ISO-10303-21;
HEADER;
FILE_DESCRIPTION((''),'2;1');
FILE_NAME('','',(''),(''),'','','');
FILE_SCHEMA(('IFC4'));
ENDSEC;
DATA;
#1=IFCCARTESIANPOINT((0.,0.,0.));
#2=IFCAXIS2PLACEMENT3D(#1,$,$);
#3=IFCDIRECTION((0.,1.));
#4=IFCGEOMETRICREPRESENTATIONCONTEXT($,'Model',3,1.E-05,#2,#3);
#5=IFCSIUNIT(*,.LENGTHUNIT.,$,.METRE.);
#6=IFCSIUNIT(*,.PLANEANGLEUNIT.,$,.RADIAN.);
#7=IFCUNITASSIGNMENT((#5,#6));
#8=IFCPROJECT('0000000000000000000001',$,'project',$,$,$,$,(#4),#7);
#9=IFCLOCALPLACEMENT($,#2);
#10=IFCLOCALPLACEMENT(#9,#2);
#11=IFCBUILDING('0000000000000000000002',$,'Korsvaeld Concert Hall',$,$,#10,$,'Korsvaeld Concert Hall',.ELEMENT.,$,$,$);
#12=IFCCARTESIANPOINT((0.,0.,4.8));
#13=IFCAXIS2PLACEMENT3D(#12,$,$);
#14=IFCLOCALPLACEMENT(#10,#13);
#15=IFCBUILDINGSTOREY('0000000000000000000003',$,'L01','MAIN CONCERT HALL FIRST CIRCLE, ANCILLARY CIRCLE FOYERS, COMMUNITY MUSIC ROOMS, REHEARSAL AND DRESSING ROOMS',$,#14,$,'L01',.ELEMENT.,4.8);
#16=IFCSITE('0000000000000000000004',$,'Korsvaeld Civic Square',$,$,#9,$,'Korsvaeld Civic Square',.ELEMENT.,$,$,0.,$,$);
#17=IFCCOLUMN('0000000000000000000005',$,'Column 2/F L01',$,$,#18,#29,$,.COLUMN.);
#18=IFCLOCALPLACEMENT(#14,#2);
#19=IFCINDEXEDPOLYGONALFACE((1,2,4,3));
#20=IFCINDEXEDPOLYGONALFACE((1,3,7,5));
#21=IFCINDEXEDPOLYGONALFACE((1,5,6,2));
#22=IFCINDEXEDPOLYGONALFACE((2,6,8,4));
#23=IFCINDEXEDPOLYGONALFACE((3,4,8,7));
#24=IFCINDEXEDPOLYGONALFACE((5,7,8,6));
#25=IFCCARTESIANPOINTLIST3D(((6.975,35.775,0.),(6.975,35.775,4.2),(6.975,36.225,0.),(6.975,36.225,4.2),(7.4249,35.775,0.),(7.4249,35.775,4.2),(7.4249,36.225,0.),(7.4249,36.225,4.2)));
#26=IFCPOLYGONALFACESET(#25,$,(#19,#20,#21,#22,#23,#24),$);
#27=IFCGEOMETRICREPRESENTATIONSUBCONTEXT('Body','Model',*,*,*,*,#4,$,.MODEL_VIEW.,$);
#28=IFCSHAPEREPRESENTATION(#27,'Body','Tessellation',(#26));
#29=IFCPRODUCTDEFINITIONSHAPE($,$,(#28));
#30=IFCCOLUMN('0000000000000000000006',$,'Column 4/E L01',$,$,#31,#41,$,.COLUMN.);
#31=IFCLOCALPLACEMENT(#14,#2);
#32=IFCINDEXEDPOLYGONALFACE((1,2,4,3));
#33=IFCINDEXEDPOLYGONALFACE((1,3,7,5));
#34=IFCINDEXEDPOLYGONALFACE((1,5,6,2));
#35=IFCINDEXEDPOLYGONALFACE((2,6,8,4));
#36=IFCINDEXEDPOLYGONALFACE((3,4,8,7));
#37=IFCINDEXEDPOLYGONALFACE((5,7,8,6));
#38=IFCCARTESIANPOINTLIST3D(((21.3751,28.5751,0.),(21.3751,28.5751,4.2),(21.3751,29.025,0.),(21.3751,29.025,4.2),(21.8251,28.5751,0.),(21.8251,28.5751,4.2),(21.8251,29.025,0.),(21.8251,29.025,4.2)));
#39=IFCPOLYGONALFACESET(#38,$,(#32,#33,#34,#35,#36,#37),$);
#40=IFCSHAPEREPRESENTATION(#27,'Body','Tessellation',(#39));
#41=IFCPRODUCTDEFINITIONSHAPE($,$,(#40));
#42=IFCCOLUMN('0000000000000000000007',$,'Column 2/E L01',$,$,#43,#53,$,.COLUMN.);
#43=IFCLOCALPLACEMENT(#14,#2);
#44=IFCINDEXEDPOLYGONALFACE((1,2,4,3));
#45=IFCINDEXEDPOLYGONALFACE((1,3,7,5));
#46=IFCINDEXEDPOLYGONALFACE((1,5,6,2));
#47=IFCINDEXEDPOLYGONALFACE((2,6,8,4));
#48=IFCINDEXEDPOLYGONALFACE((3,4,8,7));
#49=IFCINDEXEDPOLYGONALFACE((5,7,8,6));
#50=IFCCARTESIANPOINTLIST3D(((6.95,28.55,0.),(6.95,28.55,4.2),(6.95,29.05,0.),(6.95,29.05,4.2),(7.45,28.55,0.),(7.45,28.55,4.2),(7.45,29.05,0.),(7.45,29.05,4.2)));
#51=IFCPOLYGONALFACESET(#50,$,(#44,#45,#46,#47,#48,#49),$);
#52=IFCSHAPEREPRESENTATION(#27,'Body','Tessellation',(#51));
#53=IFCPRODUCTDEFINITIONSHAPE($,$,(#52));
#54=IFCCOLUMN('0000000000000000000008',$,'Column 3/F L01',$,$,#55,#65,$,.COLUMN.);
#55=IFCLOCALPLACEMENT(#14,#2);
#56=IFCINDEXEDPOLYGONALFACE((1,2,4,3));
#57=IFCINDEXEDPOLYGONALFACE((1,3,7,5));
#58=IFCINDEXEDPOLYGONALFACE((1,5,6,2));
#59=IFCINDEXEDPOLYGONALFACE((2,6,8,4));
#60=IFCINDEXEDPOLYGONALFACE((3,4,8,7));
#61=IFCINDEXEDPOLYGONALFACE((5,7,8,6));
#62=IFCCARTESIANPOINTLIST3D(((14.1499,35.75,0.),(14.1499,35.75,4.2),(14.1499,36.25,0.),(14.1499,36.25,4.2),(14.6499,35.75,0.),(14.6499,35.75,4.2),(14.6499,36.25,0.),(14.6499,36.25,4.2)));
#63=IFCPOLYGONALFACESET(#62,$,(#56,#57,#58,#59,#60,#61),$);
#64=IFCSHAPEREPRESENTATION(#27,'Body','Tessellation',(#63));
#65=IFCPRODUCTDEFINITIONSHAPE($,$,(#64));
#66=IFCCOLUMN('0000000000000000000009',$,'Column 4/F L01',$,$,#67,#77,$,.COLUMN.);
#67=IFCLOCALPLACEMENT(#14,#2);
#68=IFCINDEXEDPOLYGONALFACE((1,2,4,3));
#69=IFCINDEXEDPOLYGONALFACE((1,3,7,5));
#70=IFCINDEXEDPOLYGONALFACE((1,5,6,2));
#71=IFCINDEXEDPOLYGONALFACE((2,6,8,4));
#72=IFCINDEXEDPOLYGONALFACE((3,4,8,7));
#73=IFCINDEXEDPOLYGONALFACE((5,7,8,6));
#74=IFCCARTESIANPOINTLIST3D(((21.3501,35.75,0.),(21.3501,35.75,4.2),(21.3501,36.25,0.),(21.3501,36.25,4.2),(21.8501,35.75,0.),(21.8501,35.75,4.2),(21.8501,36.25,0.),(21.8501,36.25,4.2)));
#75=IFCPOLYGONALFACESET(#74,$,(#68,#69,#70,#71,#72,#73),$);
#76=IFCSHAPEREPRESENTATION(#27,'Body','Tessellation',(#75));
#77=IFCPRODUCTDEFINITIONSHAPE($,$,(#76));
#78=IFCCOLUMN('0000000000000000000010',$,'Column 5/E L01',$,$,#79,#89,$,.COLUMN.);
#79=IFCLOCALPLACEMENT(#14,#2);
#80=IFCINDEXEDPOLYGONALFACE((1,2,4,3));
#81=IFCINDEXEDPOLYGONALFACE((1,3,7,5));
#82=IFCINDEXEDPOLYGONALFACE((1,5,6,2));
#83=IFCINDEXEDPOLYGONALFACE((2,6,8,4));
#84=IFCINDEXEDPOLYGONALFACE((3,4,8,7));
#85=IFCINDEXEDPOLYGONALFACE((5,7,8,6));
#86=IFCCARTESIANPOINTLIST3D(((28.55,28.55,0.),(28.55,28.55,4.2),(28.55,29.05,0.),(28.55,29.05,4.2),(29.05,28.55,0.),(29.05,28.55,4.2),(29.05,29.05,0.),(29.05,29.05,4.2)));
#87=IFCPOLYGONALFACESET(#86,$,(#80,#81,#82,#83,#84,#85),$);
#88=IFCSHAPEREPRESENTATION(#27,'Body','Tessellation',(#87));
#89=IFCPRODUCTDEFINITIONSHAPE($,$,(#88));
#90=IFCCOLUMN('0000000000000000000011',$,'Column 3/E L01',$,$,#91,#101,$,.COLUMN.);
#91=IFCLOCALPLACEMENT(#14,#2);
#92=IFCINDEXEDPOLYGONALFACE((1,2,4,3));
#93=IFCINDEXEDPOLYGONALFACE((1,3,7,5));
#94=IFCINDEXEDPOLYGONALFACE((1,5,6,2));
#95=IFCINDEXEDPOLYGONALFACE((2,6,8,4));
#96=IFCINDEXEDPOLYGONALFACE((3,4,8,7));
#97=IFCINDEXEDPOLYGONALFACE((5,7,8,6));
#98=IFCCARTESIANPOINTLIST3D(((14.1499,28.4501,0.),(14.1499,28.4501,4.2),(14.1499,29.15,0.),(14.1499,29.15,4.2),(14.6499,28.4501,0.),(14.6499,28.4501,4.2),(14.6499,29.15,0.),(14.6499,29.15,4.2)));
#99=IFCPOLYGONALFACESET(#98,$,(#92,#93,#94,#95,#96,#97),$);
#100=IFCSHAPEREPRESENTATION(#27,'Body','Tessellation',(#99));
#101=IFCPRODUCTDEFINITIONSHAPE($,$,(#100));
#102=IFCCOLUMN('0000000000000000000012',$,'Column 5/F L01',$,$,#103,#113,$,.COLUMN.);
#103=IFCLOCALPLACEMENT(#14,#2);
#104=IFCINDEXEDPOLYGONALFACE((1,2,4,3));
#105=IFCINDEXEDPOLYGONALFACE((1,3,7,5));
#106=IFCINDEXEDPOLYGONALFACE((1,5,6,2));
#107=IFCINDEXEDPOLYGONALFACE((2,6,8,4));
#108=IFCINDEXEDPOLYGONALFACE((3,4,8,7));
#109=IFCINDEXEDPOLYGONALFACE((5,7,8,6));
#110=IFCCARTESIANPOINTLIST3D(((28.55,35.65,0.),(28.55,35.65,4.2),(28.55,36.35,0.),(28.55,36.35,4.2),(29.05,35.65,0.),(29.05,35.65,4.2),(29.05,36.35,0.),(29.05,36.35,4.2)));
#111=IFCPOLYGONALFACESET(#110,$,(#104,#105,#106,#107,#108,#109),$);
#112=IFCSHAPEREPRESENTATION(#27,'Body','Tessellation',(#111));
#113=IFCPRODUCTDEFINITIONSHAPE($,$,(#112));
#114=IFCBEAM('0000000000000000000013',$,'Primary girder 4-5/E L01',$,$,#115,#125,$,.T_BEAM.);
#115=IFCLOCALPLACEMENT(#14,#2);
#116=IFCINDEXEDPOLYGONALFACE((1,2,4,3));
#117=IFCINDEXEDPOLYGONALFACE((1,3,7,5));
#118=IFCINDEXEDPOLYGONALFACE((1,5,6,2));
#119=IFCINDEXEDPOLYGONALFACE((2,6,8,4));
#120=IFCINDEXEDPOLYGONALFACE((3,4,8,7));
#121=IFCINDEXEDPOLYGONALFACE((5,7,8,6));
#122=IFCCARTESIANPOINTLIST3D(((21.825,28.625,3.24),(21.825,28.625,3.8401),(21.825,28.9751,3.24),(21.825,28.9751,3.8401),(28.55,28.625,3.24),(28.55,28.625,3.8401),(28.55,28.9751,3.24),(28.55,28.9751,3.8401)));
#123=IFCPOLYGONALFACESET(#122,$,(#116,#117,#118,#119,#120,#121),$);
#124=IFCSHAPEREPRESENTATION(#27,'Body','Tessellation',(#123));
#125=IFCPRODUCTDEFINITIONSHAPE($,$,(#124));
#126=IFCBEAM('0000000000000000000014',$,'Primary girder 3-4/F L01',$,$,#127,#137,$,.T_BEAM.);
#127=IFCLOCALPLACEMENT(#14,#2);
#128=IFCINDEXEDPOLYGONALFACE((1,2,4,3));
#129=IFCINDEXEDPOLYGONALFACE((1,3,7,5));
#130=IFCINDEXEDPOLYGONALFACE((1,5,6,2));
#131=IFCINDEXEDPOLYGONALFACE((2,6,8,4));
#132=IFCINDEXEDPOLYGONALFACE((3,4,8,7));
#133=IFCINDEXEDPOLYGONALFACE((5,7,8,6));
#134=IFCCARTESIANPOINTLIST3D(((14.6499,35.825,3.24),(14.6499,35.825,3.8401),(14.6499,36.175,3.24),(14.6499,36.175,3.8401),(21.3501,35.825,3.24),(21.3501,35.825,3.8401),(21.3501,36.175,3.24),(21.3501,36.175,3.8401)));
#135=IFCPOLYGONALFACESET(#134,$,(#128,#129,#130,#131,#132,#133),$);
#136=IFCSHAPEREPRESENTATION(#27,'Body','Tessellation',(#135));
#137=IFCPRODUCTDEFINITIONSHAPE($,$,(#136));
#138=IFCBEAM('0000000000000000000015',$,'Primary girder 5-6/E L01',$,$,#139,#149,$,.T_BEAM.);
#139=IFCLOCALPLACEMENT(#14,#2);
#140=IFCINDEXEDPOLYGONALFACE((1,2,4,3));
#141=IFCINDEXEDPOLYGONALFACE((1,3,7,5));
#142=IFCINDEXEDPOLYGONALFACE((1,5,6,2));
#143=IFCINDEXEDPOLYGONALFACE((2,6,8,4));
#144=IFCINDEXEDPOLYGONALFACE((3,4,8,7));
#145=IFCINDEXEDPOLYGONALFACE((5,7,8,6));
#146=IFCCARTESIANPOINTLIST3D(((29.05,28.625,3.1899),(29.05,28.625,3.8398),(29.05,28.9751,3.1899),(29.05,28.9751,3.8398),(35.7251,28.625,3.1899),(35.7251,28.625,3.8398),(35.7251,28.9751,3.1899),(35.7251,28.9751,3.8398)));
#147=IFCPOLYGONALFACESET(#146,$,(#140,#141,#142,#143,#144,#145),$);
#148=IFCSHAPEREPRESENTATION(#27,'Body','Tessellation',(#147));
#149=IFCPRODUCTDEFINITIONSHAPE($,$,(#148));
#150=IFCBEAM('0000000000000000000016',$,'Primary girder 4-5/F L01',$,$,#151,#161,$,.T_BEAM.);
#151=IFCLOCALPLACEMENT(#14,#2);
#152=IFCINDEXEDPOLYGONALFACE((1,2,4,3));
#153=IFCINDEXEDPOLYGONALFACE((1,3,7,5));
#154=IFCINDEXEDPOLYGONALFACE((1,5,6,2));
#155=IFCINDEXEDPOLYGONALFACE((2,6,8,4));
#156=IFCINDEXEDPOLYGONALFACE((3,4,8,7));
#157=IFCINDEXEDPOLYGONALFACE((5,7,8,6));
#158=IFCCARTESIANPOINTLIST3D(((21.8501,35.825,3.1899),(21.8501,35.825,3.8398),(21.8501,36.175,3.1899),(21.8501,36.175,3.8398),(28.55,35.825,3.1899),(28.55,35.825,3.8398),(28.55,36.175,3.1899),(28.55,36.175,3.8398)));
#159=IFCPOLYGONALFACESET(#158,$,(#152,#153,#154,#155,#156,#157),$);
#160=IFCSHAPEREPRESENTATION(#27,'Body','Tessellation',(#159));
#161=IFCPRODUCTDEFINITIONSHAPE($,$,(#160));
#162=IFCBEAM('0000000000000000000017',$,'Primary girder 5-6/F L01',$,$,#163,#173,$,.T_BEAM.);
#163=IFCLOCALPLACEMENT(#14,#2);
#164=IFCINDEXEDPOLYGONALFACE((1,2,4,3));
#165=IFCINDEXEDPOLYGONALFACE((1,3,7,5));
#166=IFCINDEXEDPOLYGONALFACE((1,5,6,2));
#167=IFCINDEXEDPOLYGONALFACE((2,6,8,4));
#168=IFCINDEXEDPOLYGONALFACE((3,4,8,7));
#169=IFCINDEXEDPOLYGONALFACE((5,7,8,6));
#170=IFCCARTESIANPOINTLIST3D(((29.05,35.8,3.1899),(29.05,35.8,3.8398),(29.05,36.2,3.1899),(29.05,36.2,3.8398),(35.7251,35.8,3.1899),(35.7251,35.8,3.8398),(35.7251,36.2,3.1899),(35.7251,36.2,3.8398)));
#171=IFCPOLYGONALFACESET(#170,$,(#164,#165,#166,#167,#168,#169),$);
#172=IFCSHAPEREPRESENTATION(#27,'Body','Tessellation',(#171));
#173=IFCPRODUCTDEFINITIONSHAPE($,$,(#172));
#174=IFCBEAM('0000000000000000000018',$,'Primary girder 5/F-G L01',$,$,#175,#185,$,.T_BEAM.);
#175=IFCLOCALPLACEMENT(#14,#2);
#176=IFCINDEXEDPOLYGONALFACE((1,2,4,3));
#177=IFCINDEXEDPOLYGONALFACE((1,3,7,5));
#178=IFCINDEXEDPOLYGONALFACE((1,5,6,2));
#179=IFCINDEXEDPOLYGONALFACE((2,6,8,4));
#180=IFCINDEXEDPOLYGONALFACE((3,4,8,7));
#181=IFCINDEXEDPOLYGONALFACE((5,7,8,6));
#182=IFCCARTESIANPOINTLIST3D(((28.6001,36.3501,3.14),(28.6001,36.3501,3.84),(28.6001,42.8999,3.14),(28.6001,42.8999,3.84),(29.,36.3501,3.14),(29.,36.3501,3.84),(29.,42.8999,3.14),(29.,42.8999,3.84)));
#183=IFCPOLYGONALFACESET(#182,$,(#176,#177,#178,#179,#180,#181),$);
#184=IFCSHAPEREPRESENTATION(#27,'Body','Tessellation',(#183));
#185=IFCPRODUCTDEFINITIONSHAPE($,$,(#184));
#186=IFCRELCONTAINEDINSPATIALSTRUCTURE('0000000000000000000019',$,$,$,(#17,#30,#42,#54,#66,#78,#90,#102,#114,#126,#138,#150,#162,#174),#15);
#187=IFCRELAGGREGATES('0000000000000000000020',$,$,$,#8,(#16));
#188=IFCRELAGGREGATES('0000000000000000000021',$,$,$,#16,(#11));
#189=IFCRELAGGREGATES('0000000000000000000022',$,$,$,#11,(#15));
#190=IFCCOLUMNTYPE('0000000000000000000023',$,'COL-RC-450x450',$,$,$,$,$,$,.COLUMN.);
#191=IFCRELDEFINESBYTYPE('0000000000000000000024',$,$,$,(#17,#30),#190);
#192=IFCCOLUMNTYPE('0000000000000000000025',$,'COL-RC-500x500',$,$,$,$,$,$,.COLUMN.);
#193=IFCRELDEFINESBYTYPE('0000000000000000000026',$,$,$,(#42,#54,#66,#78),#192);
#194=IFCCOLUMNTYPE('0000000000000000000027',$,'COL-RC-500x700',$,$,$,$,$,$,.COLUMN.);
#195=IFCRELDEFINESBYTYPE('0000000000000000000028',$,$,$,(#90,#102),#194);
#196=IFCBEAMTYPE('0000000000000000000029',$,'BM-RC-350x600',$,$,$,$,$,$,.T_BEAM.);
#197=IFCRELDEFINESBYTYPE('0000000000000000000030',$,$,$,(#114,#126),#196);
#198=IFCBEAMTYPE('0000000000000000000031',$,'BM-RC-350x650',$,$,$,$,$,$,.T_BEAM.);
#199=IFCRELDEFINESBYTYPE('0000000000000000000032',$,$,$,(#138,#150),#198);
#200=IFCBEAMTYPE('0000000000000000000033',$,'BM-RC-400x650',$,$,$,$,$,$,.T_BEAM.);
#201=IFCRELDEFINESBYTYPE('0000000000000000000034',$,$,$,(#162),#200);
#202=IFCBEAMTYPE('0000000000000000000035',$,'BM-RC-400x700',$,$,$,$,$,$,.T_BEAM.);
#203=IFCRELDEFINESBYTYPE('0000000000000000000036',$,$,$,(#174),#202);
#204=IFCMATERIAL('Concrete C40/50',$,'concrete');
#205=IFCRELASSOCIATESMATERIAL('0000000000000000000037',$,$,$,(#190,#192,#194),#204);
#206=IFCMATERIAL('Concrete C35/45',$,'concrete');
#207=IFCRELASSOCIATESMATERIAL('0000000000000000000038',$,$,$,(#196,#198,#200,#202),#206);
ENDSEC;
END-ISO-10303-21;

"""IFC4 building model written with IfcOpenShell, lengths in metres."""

from ifc_helpers import new_model, si_unit, direction, frame, origin, origin_2d, place, context, subcontext, project, spatial, rectangle, extrude, material, material_profile, profile_set, type_object, element, save


model = new_model("IFC4")

# Units and contexts
model_context = context("Model", 3, precision=1e-05, world=origin(), true_north=direction((0.0, 1.0)))
body_context = subcontext(model_context, "Body", "Model", "MODEL_VIEW")
ifc_project = project(units=[si_unit("LENGTHUNIT", "METRE"), si_unit("PLANEANGLEUNIT", "RADIAN")], contexts=[model_context])

# Site, building, storey
site_placement = place(None, origin())
site = spatial("IfcSite", under=ifc_project, at=site_placement, Name="Korsvaeld Civic Square", LongName="Korsvaeld Civic Square", CompositionType="ELEMENT", RefElevation=0.0)
building_placement = place(site_placement, origin())
building = spatial("IfcBuilding", under=site, at=building_placement, Name="Korsvaeld Concert Hall", LongName="Korsvaeld Concert Hall", CompositionType="ELEMENT")
storey_placement = place(building_placement, frame((0.0, 0.0, 4.8)))
storey = spatial("IfcBuildingStorey", under=building, at=storey_placement, Name="L01", Description="MAIN CONCERT HALL FIRST CIRCLE, ANCILLARY CIRCLE FOYERS, COMMUNITY MUSIC ROOMS, REHEARSAL AND DRESSING ROOMS", LongName="L01", CompositionType="ELEMENT", Elevation=4.8)

# Columns
ifc_material_1 = material(Name="Concrete C40/50", Category="concrete")
ifc_material_profile_1 = material_profile(ifc_material_1, rectangle(XDim=0.45, YDim=0.45, at=origin_2d()), Name="RC 450x450")
ifc_profile_set_1 = profile_set([ifc_material_profile_1], Name="Concrete C40/50")
column_type_1 = type_object("IfcColumnType", Name="COL-RC-450x450", PredefinedType="COLUMN", material=ifc_profile_set_1)
for number, where, z_axis, x_axis, name in (
    (1, (7.2, 36.0, 0.0), (0.0, 0.0, 1.0), (1.0, 0.0, 0.0), "Column 2/F L01"),
    (2, (21.6001, 28.8, 0.0), (0.0, 0.0, 1.0), (1.0, 0.0, 0.0), "Column 4/E L01"),
):
    element("IfcColumn", number, at=place(storey_placement, frame(where, z_axis=z_axis, x_axis=x_axis)), inside=storey, type_object=column_type_1, Name=name, PredefinedType="COLUMN", context=body_context, shape_type="SweptSolid", body=[
        extrude(rectangle(XDim=0.45, YDim=0.45, at=origin_2d()), origin(), (0.0, 0.0, 1.0), 4.2),
    ])
ifc_material_profile_2 = material_profile(ifc_material_1, rectangle(XDim=0.5, YDim=0.5, at=origin_2d()), Name="RC 500x500")
ifc_profile_set_2 = profile_set([ifc_material_profile_2], Name="Concrete C40/50")
column_type_2 = type_object("IfcColumnType", Name="COL-RC-500x500", PredefinedType="COLUMN", material=ifc_profile_set_2)
for number, where, z_axis, x_axis, name in (
    (3, (7.2, 28.8, 0.0), (0.0, 0.0, 1.0), (1.0, 0.0, 0.0), "Column 2/E L01"),
    (4, (14.3999, 36.0, 0.0), (0.0, 0.0, 1.0), (1.0, 0.0, 0.0), "Column 3/F L01"),
    (5, (21.6001, 36.0, 0.0), (0.0, 0.0, 1.0), (1.0, 0.0, 0.0), "Column 4/F L01"),
    (6, (28.8, 28.8, 0.0), (0.0, 0.0, 1.0), (1.0, 0.0, 0.0), "Column 5/E L01"),
):
    element("IfcColumn", number, at=place(storey_placement, frame(where, z_axis=z_axis, x_axis=x_axis)), inside=storey, type_object=column_type_2, Name=name, PredefinedType="COLUMN", context=body_context, shape_type="SweptSolid", body=[
        extrude(rectangle(XDim=0.5, YDim=0.5, at=origin_2d()), origin(), (0.0, 0.0, 1.0), 4.2),
    ])
ifc_material_profile_3 = material_profile(ifc_material_1, rectangle(XDim=0.5, YDim=0.7, at=origin_2d()), Name="RC 500x700")
ifc_profile_set_3 = profile_set([ifc_material_profile_3], Name="Concrete C40/50")
column_type_3 = type_object("IfcColumnType", Name="COL-RC-500x700", PredefinedType="COLUMN", material=ifc_profile_set_3)
for number, where, z_axis, x_axis, name in (
    (7, (14.3999, 28.8, 0.0), (0.0, 0.0, 1.0), (1.0, 0.0, 0.0), "Column 3/E L01"),
    (8, (28.8, 36.0, 0.0), (0.0, 0.0, 1.0), (1.0, 0.0, 0.0), "Column 5/F L01"),
):
    element("IfcColumn", number, at=place(storey_placement, frame(where, z_axis=z_axis, x_axis=x_axis)), inside=storey, type_object=column_type_3, Name=name, PredefinedType="COLUMN", context=body_context, shape_type="SweptSolid", body=[
        extrude(rectangle(XDim=0.5, YDim=0.7, at=origin_2d()), origin(), (0.0, 0.0, 1.0), 4.2),
    ])

# Beams
ifc_material_2 = material(Name="Concrete C35/45", Category="concrete")
ifc_material_profile_4 = material_profile(ifc_material_2, rectangle(XDim=0.3501, YDim=0.6001, at=origin_2d()), Name="RC 350x600")
ifc_profile_set_4 = profile_set([ifc_material_profile_4], Name="Concrete C35/45")
beam_type_1 = type_object("IfcBeamType", Name="BM-RC-350x600", PredefinedType="T_BEAM", material=ifc_profile_set_4)
beam_1_placement = place(storey_placement, frame((21.825, 28.8, 3.54), z_axis=(1.0, 0.0, 0.0), x_axis=(0.0, 1.0, 0.0)))
element("IfcBeam", 9, at=beam_1_placement, inside=storey, type_object=beam_type_1, Name="Primary girder 4-5/E L01", PredefinedType="T_BEAM", context=body_context, shape_type="SweptSolid", body=[
    extrude(rectangle(XDim=0.3501, YDim=0.6001, at=origin_2d()), origin(), (0.0, 0.0, 1.0), 6.7251),
])
beam_2_placement = place(storey_placement, frame((14.6499, 36.0, 3.54), z_axis=(1.0, 0.0, 0.0), x_axis=(0.0, 1.0, 0.0)))
element("IfcBeam", 10, at=beam_2_placement, inside=storey, type_object=beam_type_1, Name="Primary girder 3-4/F L01", PredefinedType="T_BEAM", context=body_context, shape_type="SweptSolid", body=[
    extrude(rectangle(XDim=0.3501, YDim=0.6001, at=origin_2d()), origin(), (0.0, 0.0, 1.0), 6.7002),
])
ifc_material_profile_5 = material_profile(ifc_material_2, rectangle(XDim=0.3501, YDim=0.6499, at=origin_2d()), Name="RC 350x650")
ifc_profile_set_5 = profile_set([ifc_material_profile_5], Name="Concrete C35/45")
beam_type_2 = type_object("IfcBeamType", Name="BM-RC-350x650", PredefinedType="T_BEAM", material=ifc_profile_set_5)
beam_3_placement = place(storey_placement, frame((29.05, 28.8, 3.5149), z_axis=(1.0, 0.0, 0.0), x_axis=(0.0, 1.0, 0.0)))
element("IfcBeam", 11, at=beam_3_placement, inside=storey, type_object=beam_type_2, Name="Primary girder 5-6/E L01", PredefinedType="T_BEAM", context=body_context, shape_type="SweptSolid", body=[
    extrude(rectangle(XDim=0.3501, YDim=0.6499, at=origin_2d()), origin(), (0.0, 0.0, 1.0), 6.675),
])
beam_4_placement = place(storey_placement, frame((21.8501, 36.0, 3.5149), z_axis=(1.0, 0.0, 0.0), x_axis=(0.0, 1.0, 0.0)))
element("IfcBeam", 12, at=beam_4_placement, inside=storey, type_object=beam_type_2, Name="Primary girder 4-5/F L01", PredefinedType="T_BEAM", context=body_context, shape_type="SweptSolid", body=[
    extrude(rectangle(XDim=0.3501, YDim=0.6499, at=origin_2d()), origin(), (0.0, 0.0, 1.0), 6.7),
])
ifc_material_profile_6 = material_profile(ifc_material_2, rectangle(XDim=0.3999, YDim=0.6499, at=origin_2d()), Name="RC 400x650")
ifc_profile_set_6 = profile_set([ifc_material_profile_6], Name="Concrete C35/45")
beam_type_3 = type_object("IfcBeamType", Name="BM-RC-400x650", PredefinedType="T_BEAM", material=ifc_profile_set_6)
beam_5_placement = place(storey_placement, frame((29.05, 36.0, 3.5149), z_axis=(1.0, 0.0, 0.0), x_axis=(0.0, 1.0, 0.0)))
element("IfcBeam", 13, at=beam_5_placement, inside=storey, type_object=beam_type_3, Name="Primary girder 5-6/F L01", PredefinedType="T_BEAM", context=body_context, shape_type="SweptSolid", body=[
    extrude(rectangle(XDim=0.3999, YDim=0.6499, at=origin_2d()), origin(), (0.0, 0.0, 1.0), 6.675),
])
ifc_material_profile_7 = material_profile(ifc_material_2, rectangle(XDim=0.3999, YDim=0.7, at=origin_2d()), Name="RC 400x700")
ifc_profile_set_7 = profile_set([ifc_material_profile_7], Name="Concrete C35/45")
beam_type_4 = type_object("IfcBeamType", Name="BM-RC-400x700", PredefinedType="T_BEAM", material=ifc_profile_set_7)
beam_6_placement = place(storey_placement, frame((28.8, 36.3501, 3.49), z_axis=(0.0, 1.0, 0.0), x_axis=(-1.0, 0.0, 0.0)))
element("IfcBeam", 14, at=beam_6_placement, inside=storey, type_object=beam_type_4, Name="Primary girder 5/F-G L01", PredefinedType="T_BEAM", context=body_context, shape_type="SweptSolid", body=[
    extrude(rectangle(XDim=0.3999, YDim=0.7, at=origin_2d()), origin(), (0.0, 0.0, 1.0), 6.5498),
])

save(model, "model.ifc")
